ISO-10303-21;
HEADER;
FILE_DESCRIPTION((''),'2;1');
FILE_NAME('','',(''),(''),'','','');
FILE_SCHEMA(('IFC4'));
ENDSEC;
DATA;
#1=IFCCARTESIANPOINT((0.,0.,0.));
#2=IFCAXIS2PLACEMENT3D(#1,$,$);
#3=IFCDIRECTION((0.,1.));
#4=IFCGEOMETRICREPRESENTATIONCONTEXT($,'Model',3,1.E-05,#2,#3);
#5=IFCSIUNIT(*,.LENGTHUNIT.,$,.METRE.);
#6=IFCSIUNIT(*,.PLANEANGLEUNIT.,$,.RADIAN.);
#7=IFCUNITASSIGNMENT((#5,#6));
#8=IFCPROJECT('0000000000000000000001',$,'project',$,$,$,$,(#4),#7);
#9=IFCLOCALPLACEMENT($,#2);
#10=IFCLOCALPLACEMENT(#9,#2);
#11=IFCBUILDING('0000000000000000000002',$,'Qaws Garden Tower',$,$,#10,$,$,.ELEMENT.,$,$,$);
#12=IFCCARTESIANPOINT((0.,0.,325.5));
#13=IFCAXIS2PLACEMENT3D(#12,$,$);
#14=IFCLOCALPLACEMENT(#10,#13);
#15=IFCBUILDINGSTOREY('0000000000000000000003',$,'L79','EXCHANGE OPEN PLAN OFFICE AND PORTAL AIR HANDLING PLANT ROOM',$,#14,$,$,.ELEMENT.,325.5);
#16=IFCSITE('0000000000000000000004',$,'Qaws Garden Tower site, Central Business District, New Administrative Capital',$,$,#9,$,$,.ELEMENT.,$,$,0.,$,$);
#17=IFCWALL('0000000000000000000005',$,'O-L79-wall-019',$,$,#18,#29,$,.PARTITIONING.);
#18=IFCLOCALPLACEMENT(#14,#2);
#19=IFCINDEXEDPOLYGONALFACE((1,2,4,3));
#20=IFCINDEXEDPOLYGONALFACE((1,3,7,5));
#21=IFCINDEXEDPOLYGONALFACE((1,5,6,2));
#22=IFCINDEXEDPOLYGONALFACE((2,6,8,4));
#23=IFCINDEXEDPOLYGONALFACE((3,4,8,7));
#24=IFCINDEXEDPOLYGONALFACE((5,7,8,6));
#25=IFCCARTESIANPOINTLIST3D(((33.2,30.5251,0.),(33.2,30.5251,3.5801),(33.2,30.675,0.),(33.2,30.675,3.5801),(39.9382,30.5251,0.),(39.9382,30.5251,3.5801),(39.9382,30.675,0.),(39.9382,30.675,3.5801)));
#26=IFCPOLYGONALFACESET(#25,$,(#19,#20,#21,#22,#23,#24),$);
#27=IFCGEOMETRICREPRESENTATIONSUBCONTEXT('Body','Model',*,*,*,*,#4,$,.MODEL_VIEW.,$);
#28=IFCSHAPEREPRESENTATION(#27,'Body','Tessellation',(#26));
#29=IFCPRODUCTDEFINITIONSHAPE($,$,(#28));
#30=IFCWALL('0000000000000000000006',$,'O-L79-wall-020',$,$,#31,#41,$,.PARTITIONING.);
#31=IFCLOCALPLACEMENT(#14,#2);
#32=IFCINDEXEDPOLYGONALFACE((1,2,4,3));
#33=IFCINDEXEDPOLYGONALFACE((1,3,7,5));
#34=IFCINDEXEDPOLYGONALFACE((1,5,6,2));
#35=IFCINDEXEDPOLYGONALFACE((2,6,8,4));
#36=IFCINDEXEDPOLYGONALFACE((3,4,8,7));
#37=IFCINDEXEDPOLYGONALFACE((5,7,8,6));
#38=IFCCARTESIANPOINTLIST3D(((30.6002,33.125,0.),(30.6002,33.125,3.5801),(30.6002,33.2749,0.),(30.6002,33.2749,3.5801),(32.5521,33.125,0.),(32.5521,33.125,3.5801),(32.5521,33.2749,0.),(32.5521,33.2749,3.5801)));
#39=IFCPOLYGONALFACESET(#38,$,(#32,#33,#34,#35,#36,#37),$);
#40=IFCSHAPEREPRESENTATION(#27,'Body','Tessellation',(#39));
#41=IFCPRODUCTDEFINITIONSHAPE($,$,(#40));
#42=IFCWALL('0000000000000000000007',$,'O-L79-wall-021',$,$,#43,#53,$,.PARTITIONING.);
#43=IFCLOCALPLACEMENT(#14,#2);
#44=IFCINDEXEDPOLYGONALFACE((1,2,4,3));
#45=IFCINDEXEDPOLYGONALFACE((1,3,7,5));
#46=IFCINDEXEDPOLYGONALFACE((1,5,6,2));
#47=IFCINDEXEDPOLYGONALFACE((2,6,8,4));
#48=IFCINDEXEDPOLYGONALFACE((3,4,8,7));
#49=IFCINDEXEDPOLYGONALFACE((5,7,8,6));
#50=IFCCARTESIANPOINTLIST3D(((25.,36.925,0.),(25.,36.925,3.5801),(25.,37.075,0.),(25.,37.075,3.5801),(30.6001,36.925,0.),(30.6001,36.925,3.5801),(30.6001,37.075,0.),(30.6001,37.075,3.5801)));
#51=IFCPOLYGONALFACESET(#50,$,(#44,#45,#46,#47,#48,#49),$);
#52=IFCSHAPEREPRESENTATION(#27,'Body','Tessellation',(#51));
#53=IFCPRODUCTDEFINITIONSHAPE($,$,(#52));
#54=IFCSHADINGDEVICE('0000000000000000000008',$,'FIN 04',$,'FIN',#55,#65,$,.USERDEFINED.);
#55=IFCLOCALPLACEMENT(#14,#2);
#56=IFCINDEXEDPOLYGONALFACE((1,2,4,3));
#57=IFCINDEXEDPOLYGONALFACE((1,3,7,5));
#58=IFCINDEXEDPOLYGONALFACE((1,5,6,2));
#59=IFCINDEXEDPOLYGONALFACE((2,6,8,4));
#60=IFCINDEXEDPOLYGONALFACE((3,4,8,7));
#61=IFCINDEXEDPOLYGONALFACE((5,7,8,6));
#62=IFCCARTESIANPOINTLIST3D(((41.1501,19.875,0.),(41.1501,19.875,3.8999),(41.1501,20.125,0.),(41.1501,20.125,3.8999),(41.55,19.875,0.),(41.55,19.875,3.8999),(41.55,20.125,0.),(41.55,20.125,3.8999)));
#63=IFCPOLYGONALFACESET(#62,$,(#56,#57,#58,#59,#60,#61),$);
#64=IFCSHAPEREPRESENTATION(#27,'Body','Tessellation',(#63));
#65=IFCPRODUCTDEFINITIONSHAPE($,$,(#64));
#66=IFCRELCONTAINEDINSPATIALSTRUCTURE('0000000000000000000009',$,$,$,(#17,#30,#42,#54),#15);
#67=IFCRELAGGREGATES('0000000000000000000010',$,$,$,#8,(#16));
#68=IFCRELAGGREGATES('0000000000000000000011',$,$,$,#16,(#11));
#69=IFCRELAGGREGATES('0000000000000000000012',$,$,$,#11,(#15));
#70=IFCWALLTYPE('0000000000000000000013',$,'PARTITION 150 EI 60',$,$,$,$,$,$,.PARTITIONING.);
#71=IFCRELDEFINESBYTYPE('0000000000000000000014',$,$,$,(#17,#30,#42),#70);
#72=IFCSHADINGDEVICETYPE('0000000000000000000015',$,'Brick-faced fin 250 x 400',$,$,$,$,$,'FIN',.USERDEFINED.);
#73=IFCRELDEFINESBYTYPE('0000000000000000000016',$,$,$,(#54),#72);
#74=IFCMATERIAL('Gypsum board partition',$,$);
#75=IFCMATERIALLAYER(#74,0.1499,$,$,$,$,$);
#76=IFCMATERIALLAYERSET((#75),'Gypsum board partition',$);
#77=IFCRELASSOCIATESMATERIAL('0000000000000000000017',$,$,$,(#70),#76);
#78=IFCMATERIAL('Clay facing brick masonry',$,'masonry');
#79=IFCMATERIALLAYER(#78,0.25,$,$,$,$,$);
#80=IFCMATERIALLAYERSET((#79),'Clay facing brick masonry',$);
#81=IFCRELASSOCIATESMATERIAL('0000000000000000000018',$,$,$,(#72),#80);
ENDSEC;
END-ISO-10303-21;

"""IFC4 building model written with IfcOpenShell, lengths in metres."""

from ifc_helpers import new_model, si_unit, direction, frame, frame_2d, origin, origin_2d, place, context, subcontext, project, spatial, rectangle, extrude, material, layer, layer_set, type_object, element, save


model = new_model("IFC4")

# Units and contexts
model_context = context("Model", 3, precision=1e-05, world=origin(), true_north=direction((0.0, 1.0)))
body_context = subcontext(model_context, "Body", "Model", "MODEL_VIEW")
ifc_project = project(units=[si_unit("LENGTHUNIT", "METRE"), si_unit("PLANEANGLEUNIT", "RADIAN")], contexts=[model_context])

# Site, building, storey
site_placement = place(None, origin())
site = spatial("IfcSite", under=ifc_project, at=site_placement, Name="Qaws Garden Tower site, Central Business District, New Administrative Capital", CompositionType="ELEMENT", RefElevation=0.0)
building_placement = place(site_placement, origin())
building = spatial("IfcBuilding", under=site, at=building_placement, Name="Qaws Garden Tower", CompositionType="ELEMENT")
storey_placement = place(building_placement, frame((0.0, 0.0, 325.5)))
storey = spatial("IfcBuildingStorey", under=building, at=storey_placement, Name="L79", Description="EXCHANGE OPEN PLAN OFFICE AND PORTAL AIR HANDLING PLANT ROOM", CompositionType="ELEMENT", Elevation=325.5)

# Shared definitions
ifc_material_1 = material(Name="Gypsum board partition")
ifc_layer_1 = layer(ifc_material_1, 0.1499)
ifc_layer_set_1 = layer_set([ifc_layer_1], Name="Gypsum board partition")
wall_type_1 = type_object("IfcWallType", Name="PARTITION 150 EI 60", PredefinedType="PARTITIONING", material=ifc_layer_set_1)

# Walls
wall_1_placement = place(storey_placement, frame((33.2, 30.6001, 0.0), z_axis=(0.0, 0.0, 1.0), x_axis=(1.0, 0.0, 0.0)))
element("IfcWall", 1, at=wall_1_placement, inside=storey, type_object=wall_type_1, Name="O-L79-wall-019", PredefinedType="PARTITIONING", context=body_context, shape_type="SweptSolid", body=[
    extrude(rectangle(XDim=6.7383, YDim=0.1499, at=frame_2d((3.3691, 0.0))), origin(), (0.0, 0.0, 1.0), 3.5801),
])
wall_2_placement = place(storey_placement, frame((30.6001, 33.2, 0.0), z_axis=(0.0, 0.0, 1.0), x_axis=(1.0, 0.0, 0.0)))
element("IfcWall", 2, at=wall_2_placement, inside=storey, type_object=wall_type_1, Name="O-L79-wall-020", PredefinedType="PARTITIONING", context=body_context, shape_type="SweptSolid", body=[
    extrude(rectangle(XDim=1.9519, YDim=0.1499, at=frame_2d((0.9761, 0.0))), origin(), (0.0, 0.0, 1.0), 3.5801),
])
wall_3_placement = place(storey_placement, frame((25.0, 37.0, 0.0), z_axis=(0.0, 0.0, 1.0), x_axis=(1.0, 0.0, 0.0)))
element("IfcWall", 3, at=wall_3_placement, inside=storey, type_object=wall_type_1, Name="O-L79-wall-021", PredefinedType="PARTITIONING", context=body_context, shape_type="SweptSolid", body=[
    extrude(rectangle(XDim=5.6001, YDim=0.1499, at=frame_2d((2.8, 0.0))), origin(), (0.0, 0.0, 1.0), 3.5801),
])

# Shading device
ifc_material_2 = material(Name="Clay facing brick masonry", Category="masonry")
ifc_layer_2 = layer(ifc_material_2, 0.25)
ifc_layer_set_2 = layer_set([ifc_layer_2], Name="Clay facing brick masonry")
shading_device_type = type_object("IfcShadingDeviceType", Name="Brick-faced fin 250 x 400", ElementType="FIN", PredefinedType="USERDEFINED", material=ifc_layer_set_2)
shading_device_placement = place(storey_placement, frame((41.3501, 20.0, 0.0), z_axis=(0.0, 0.0, 1.0), x_axis=(0.0, 1.0, 0.0)))
element("IfcShadingDevice", 4, at=shading_device_placement, inside=storey, type_object=shading_device_type, Name="FIN 04", ObjectType="FIN", PredefinedType="USERDEFINED", context=body_context, shape_type="SweptSolid", body=[
    extrude(rectangle(XDim=0.25, YDim=0.3999, at=origin_2d()), origin(), (0.0, 0.0, 1.0), 3.8999),
])

save(model, "model.ifc")
